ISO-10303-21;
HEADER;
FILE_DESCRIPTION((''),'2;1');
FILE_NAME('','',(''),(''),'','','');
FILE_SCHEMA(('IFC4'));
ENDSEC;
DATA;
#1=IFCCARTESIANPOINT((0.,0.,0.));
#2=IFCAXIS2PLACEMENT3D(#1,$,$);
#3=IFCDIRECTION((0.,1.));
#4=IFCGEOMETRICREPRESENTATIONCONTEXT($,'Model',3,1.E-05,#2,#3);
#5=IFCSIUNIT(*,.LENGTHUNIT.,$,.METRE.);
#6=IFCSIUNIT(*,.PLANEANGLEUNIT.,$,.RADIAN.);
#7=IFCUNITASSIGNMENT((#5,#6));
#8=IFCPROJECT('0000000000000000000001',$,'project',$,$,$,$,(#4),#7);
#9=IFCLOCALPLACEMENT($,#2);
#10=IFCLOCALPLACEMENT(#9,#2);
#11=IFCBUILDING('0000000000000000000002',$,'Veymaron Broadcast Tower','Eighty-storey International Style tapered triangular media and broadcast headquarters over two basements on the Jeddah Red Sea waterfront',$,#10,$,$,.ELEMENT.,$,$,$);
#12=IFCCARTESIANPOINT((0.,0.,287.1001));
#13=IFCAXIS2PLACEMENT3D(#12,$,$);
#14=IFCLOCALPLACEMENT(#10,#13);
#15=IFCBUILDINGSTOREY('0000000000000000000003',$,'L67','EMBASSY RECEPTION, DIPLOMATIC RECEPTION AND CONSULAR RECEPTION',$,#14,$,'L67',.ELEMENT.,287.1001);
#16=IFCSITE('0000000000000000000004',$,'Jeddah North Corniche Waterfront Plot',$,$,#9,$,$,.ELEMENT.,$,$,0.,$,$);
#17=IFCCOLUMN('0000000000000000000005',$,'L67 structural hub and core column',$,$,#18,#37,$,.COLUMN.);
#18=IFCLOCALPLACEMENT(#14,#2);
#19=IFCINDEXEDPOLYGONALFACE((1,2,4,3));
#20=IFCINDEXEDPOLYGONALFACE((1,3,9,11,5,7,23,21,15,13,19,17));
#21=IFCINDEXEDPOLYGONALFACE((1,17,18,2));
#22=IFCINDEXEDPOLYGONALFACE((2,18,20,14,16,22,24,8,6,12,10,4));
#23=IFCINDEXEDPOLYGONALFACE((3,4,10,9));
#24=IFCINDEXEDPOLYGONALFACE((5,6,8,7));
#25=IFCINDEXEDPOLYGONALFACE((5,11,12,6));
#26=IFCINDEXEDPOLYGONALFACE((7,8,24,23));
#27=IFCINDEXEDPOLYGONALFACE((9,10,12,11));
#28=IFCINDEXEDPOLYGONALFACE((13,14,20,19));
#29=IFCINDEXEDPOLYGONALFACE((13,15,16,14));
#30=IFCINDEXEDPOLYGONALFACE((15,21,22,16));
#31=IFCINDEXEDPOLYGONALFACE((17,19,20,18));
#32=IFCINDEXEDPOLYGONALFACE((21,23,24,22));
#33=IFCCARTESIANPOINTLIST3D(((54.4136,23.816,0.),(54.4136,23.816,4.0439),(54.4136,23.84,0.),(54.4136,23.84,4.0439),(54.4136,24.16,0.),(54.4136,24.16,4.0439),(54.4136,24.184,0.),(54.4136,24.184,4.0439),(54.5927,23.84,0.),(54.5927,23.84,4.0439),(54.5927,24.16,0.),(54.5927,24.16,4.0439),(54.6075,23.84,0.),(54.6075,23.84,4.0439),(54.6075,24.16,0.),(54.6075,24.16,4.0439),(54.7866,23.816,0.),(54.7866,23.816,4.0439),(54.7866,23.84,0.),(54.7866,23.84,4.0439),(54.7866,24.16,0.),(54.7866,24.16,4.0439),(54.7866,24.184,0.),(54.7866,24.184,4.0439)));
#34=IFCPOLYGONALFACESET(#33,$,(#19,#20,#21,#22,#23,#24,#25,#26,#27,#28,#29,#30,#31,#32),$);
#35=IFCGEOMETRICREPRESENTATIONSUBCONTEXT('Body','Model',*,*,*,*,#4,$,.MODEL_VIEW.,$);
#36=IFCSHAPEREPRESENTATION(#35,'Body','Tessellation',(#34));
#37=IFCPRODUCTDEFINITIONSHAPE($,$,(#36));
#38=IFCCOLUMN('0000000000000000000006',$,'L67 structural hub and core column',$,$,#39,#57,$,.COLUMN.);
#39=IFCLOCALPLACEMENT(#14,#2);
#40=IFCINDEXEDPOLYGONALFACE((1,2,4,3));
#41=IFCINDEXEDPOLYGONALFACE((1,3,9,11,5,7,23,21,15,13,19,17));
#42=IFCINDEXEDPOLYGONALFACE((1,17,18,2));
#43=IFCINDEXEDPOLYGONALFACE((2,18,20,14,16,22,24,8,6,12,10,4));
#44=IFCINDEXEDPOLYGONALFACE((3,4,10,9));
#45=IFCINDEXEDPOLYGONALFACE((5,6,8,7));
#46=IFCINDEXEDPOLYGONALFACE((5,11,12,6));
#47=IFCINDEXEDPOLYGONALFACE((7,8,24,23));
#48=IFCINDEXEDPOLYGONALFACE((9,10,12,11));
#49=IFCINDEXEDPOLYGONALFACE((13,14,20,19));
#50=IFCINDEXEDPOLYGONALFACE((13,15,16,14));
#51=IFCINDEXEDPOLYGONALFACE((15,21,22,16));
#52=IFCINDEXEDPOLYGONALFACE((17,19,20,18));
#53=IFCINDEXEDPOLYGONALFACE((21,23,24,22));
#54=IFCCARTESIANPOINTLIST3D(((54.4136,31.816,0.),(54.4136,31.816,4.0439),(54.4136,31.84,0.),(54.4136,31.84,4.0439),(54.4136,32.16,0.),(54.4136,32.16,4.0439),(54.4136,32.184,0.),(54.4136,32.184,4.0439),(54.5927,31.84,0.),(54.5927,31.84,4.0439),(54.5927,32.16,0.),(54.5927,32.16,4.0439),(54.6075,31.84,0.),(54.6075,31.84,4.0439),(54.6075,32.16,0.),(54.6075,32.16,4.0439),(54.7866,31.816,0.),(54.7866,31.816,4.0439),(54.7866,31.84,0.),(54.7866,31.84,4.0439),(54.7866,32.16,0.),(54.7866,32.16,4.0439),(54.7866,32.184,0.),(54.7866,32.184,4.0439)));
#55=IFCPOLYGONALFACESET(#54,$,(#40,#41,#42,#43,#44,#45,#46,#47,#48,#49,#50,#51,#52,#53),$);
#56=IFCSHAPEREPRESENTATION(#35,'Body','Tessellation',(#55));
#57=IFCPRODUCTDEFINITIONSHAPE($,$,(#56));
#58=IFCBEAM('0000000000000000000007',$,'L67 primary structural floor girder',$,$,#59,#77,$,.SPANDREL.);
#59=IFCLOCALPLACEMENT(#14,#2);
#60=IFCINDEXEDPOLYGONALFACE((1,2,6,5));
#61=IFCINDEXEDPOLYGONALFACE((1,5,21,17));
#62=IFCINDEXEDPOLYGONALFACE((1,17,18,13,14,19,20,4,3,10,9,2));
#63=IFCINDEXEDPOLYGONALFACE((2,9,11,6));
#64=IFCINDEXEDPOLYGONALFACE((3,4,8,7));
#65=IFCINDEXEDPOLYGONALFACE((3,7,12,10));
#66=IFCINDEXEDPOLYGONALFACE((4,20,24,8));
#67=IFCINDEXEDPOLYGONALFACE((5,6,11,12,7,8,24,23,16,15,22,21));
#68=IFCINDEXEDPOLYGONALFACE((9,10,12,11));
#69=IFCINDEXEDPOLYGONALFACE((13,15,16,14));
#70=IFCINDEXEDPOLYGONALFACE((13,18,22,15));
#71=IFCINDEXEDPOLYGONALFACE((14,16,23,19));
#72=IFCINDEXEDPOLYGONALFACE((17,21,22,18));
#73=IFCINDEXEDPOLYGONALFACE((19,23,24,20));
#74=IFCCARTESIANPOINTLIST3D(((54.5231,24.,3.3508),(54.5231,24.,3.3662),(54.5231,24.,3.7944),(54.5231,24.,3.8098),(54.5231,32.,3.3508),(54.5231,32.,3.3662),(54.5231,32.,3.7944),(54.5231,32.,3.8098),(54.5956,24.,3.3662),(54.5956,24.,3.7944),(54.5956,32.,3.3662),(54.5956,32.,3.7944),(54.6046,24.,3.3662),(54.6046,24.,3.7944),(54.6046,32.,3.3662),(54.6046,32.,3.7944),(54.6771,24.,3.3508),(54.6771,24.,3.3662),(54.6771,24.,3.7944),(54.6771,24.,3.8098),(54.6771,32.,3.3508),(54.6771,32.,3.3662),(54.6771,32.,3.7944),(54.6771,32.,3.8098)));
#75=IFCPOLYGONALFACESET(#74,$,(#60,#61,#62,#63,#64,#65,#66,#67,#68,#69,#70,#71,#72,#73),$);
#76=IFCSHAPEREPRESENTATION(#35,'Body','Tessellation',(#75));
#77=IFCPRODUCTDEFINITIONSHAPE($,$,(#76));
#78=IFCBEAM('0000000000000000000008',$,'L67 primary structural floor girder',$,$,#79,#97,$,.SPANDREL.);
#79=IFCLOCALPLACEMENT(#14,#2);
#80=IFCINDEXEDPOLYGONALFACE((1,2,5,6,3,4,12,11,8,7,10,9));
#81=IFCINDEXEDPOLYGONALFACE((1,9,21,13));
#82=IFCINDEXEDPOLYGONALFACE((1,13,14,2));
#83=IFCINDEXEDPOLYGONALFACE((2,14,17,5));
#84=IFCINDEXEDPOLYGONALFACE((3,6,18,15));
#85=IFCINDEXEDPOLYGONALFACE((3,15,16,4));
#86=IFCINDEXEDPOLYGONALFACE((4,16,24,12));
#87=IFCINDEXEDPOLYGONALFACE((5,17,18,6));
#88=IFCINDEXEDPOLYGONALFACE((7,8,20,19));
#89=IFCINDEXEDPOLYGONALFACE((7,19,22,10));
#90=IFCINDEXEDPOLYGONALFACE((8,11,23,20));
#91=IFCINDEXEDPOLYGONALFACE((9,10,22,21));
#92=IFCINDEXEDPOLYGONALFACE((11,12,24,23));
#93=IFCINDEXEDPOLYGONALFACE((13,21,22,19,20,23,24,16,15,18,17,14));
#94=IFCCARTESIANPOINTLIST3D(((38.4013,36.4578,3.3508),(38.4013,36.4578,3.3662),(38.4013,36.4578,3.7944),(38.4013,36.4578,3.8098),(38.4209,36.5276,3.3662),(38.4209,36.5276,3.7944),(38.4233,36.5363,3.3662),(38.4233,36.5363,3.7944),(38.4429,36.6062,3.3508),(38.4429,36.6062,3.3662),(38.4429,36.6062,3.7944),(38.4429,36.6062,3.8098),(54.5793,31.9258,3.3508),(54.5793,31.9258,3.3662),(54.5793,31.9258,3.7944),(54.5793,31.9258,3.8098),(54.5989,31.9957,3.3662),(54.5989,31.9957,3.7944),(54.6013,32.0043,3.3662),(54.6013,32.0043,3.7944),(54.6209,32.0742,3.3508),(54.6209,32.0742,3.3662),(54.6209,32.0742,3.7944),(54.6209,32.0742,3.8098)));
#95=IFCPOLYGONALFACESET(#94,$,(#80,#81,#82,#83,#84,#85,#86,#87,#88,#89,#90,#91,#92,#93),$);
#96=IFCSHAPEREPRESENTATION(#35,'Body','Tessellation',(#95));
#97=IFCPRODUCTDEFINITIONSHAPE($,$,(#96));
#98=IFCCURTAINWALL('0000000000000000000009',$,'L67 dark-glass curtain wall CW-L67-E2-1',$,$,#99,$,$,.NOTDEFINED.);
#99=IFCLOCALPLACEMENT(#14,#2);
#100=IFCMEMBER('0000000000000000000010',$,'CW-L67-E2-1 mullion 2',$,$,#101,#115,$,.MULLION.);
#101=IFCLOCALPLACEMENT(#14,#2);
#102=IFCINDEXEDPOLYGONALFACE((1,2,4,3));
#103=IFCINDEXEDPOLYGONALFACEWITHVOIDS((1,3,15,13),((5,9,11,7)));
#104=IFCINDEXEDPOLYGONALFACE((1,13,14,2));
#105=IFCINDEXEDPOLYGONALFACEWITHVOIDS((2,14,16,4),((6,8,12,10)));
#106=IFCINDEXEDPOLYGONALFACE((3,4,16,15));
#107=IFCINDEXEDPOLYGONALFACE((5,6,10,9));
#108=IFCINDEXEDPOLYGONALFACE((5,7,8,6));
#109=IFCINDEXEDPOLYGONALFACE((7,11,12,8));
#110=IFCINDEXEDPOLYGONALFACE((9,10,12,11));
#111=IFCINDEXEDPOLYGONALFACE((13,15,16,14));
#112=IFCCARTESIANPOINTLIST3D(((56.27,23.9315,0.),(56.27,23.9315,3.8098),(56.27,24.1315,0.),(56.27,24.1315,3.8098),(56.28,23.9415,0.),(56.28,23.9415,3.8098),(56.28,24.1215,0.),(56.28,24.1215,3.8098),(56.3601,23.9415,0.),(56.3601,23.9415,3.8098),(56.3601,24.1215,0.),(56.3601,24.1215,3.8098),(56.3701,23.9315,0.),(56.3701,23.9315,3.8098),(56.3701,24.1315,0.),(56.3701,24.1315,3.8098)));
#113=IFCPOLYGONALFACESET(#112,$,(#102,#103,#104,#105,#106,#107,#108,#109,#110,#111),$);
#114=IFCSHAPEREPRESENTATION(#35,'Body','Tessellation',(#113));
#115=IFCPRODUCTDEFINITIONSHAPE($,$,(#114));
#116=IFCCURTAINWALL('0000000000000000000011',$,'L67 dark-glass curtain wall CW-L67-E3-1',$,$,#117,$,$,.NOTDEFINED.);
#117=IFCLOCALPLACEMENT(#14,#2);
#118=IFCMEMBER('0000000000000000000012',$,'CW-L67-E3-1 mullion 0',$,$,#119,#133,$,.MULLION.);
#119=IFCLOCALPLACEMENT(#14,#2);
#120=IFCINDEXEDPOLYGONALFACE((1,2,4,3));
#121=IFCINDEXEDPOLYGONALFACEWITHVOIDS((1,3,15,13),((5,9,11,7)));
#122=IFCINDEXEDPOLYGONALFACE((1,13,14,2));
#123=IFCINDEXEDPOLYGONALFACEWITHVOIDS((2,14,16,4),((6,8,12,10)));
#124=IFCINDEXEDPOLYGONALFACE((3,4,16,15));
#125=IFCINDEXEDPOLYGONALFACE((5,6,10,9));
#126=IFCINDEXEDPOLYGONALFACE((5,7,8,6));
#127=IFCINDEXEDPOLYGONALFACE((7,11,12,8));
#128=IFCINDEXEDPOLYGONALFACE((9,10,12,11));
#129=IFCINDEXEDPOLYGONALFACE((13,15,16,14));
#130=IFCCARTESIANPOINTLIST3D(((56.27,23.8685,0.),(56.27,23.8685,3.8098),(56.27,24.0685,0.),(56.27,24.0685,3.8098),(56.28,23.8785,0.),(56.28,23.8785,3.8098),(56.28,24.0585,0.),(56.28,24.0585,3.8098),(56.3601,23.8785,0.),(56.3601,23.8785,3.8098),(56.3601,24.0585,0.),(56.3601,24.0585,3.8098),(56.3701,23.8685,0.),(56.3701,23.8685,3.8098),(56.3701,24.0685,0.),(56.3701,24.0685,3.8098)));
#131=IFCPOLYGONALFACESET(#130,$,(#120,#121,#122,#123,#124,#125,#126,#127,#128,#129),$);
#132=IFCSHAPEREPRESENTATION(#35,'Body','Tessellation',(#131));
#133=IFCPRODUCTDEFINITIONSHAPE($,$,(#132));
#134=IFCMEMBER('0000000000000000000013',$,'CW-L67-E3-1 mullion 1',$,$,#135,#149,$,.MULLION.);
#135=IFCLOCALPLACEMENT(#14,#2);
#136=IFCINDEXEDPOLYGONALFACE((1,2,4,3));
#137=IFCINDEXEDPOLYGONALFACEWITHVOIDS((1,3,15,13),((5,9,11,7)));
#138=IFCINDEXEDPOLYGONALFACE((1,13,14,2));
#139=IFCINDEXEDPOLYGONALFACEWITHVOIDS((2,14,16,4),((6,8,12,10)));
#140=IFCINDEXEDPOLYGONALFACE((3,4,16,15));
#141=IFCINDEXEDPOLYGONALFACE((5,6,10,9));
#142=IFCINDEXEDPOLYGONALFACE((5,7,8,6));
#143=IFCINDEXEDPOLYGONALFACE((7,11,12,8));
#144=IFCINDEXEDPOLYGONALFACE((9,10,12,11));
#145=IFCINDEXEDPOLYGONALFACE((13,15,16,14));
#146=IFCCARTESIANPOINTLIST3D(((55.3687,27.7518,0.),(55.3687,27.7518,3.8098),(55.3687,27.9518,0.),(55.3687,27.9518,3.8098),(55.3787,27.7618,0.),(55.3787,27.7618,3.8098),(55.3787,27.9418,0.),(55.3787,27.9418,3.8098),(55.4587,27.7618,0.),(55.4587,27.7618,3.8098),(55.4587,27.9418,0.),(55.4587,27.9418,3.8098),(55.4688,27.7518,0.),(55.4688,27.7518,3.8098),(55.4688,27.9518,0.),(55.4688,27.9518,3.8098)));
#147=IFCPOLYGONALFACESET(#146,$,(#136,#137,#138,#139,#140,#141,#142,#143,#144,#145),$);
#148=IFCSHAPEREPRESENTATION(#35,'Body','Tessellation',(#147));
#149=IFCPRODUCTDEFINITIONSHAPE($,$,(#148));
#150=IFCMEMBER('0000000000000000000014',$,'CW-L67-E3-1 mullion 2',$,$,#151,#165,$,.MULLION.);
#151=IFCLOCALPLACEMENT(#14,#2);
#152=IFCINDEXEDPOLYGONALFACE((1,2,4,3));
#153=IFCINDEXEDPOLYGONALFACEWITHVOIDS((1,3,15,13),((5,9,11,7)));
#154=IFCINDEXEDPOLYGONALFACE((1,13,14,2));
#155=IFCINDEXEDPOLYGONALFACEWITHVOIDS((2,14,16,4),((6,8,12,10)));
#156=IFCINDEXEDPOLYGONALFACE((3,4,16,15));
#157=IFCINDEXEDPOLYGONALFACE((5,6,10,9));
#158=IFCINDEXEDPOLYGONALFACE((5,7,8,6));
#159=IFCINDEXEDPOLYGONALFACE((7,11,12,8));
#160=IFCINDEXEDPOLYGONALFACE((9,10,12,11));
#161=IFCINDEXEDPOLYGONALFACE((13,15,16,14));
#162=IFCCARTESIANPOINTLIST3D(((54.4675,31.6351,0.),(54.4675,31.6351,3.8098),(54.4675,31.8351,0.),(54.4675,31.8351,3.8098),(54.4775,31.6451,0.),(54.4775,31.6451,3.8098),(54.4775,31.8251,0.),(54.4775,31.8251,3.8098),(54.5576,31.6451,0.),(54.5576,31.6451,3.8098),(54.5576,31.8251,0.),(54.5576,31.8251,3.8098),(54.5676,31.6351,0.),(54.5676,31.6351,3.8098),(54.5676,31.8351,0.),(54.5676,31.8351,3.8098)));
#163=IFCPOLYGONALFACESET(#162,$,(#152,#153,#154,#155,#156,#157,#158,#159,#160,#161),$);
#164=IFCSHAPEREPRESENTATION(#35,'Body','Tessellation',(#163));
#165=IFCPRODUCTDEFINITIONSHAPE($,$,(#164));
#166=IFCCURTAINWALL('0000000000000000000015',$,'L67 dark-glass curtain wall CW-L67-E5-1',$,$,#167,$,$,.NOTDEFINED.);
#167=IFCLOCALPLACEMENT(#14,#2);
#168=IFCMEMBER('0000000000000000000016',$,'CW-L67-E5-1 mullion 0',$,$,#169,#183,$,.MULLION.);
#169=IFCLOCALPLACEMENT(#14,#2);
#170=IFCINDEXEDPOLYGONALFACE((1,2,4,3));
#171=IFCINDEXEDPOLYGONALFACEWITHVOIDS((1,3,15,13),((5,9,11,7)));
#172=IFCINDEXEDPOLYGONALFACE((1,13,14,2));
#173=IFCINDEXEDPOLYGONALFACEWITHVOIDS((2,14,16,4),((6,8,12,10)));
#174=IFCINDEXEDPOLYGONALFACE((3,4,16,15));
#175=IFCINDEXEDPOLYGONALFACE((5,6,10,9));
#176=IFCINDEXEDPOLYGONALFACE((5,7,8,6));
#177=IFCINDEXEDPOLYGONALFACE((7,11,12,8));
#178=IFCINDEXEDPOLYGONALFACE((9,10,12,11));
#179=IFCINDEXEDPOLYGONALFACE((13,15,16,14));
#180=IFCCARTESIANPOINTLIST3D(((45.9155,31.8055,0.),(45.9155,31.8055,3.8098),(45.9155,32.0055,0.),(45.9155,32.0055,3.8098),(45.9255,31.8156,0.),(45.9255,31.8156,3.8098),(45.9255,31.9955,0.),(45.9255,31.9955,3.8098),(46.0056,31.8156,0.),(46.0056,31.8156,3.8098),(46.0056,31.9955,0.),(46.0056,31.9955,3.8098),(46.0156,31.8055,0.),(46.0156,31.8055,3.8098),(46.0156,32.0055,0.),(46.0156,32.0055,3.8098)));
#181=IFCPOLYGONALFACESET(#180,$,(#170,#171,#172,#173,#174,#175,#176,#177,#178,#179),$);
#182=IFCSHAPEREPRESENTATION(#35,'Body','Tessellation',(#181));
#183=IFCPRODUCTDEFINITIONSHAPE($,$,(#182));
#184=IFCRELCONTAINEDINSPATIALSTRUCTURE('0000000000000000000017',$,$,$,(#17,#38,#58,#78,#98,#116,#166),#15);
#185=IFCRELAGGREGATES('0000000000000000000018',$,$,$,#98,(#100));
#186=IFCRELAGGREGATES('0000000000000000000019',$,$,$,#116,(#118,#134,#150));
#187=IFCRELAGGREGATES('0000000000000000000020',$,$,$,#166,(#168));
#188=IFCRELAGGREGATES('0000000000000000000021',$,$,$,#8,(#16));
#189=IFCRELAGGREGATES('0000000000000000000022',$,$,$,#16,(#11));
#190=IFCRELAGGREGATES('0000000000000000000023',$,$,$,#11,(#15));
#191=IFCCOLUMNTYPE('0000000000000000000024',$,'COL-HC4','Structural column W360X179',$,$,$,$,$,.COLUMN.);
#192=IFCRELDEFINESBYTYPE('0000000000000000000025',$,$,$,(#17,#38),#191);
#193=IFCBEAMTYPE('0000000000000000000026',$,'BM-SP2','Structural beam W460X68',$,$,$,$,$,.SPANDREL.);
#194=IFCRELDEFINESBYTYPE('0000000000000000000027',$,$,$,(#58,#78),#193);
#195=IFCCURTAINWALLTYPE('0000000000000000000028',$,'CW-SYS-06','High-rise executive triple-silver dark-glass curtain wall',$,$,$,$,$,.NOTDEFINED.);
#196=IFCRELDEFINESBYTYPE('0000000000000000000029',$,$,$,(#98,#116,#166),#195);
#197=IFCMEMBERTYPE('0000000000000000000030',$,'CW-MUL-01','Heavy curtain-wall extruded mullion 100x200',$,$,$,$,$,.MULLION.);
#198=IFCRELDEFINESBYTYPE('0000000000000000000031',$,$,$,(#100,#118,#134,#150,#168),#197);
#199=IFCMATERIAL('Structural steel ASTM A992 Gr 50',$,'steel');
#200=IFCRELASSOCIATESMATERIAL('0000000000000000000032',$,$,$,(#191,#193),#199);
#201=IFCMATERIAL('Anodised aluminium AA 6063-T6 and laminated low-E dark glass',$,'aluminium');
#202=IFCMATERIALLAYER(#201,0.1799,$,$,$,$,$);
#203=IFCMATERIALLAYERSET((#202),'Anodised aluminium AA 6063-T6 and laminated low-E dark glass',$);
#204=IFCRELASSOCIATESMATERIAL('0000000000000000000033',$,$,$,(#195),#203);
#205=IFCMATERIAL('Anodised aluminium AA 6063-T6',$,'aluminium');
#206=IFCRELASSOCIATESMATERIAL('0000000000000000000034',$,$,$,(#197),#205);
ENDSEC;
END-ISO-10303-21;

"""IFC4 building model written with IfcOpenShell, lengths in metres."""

from ifc_helpers import new_model, si_unit, direction, frame, origin, origin_2d, place, context, subcontext, project, spatial, hollow_rectangle, i_section, extrude, material, layer, layer_set, material_profile, profile_set, type_object, element, aggregate, save


model = new_model("IFC4")

# Units and contexts
model_context = context("Model", 3, precision=1e-05, world=origin(), true_north=direction((0.0, 1.0)))
body_context = subcontext(model_context, "Body", "Model", "MODEL_VIEW")
ifc_project = project(units=[si_unit("LENGTHUNIT", "METRE"), si_unit("PLANEANGLEUNIT", "RADIAN")], contexts=[model_context])

# Site, building, storey
site_placement = place(None, origin())
site = spatial("IfcSite", under=ifc_project, at=site_placement, Name="Jeddah North Corniche Waterfront Plot", CompositionType="ELEMENT", RefElevation=0.0)
building_placement = place(site_placement, origin())
building = spatial("IfcBuilding", under=site, at=building_placement, Name="Veymaron Broadcast Tower", Description="Eighty-storey International Style tapered triangular media and broadcast headquarters over two basements on the Jeddah Red Sea waterfront", CompositionType="ELEMENT")
storey_placement = place(building_placement, frame((0.0, 0.0, 287.1001)))
storey = spatial("IfcBuildingStorey", under=building, at=storey_placement, Name="L67", Description="EMBASSY RECEPTION, DIPLOMATIC RECEPTION AND CONSULAR RECEPTION", LongName="L67", CompositionType="ELEMENT", Elevation=287.1001)

# Columns
ifc_material_1 = material(Name="Structural steel ASTM A992 Gr 50", Category="steel")
ifc_material_profile_1 = material_profile(ifc_material_1, i_section(OverallWidth=0.373, OverallDepth=0.3679, WebThickness=0.0149, FlangeThickness=0.0239, at=origin_2d()), Name="W360X179")
ifc_profile_set_1 = profile_set([ifc_material_profile_1], Name="Structural steel ASTM A992 Gr 50")
column_type = type_object("IfcColumnType", Name="COL-HC4", Description="Structural column W360X179", PredefinedType="COLUMN", material=ifc_profile_set_1)
for number, where, z_axis, x_axis, name in (
    (1, (54.6001, 24.0, 0.0), (0.0, 0.0, 1.0), (1.0, 0.0, 0.0), "L67 structural hub and core column"),
    (2, (54.6001, 32.0, 0.0), (0.0, 0.0, 1.0), (1.0, 0.0, 0.0), "L67 structural hub and core column"),
):
    element("IfcColumn", number, at=place(storey_placement, frame(where, z_axis=z_axis, x_axis=x_axis)), inside=storey, type_object=column_type, Name=name, PredefinedType="COLUMN", context=body_context, shape_type="SweptSolid", body=[
        extrude(i_section(OverallWidth=0.373, OverallDepth=0.3679, WebThickness=0.0149, FlangeThickness=0.0239, at=origin_2d()), origin(), (0.0, 0.0, 1.0), 4.0439),
    ])

# Beams
ifc_material_profile_2 = material_profile(ifc_material_1, i_section(OverallWidth=0.1541, OverallDepth=0.459, WebThickness=0.009, FlangeThickness=0.0154, at=origin_2d()), Name="W460X68")
ifc_profile_set_2 = profile_set([ifc_material_profile_2], Name="Structural steel ASTM A992 Gr 50")
beam_type = type_object("IfcBeamType", Name="BM-SP2", Description="Structural beam W460X68", PredefinedType="SPANDREL", material=ifc_profile_set_2)
beam_1_placement = place(storey_placement, frame((54.6001, 24.0, 3.5803), z_axis=(0.0, 1.0, 0.0), x_axis=(-1.0, 0.0, 0.0)))
element("IfcBeam", 3, at=beam_1_placement, inside=storey, type_object=beam_type, Name="L67 primary structural floor girder", PredefinedType="SPANDREL", context=body_context, shape_type="SweptSolid", body=[
    extrude(i_section(OverallWidth=0.1541, OverallDepth=0.459, WebThickness=0.009, FlangeThickness=0.0154, at=origin_2d()), origin(), (0.0, 0.0, 1.0), 8.0),
])
beam_2_placement = place(storey_placement, frame((54.6001, 32.0, 3.5803), z_axis=(-0.962931, 0.269749, 0.0), x_axis=(-0.269749, -0.962931, 0.0)))
element("IfcBeam", 4, at=beam_2_placement, inside=storey, type_object=beam_type, Name="L67 primary structural floor girder", PredefinedType="SPANDREL", context=body_context, shape_type="SweptSolid", body=[
    extrude(i_section(OverallWidth=0.1541, OverallDepth=0.459, WebThickness=0.009, FlangeThickness=0.0154, at=origin_2d()), origin(), (0.0, 0.0, 1.0), 16.8008),
])

# Curtain wall, member
ifc_material_2 = material(Name="Anodised aluminium AA 6063-T6 and laminated low-E dark glass", Category="aluminium")
ifc_layer_1 = layer(ifc_material_2, 0.1799)
ifc_layer_set_1 = layer_set([ifc_layer_1], Name="Anodised aluminium AA 6063-T6 and laminated low-E dark glass")
curtain_wall_type = type_object("IfcCurtainWallType", Name="CW-SYS-06", Description="High-rise executive triple-silver dark-glass curtain wall", PredefinedType="NOTDEFINED", material=ifc_layer_set_1)
curtain_wall_1_placement = place(storey_placement, origin())
curtain_wall_1 = element("IfcCurtainWall", 5, at=curtain_wall_1_placement, inside=storey, type_object=curtain_wall_type, Name="L67 dark-glass curtain wall CW-L67-E2-1", PredefinedType="NOTDEFINED")
ifc_material_3 = material(Name="Anodised aluminium AA 6063-T6", Category="aluminium")
ifc_material_profile_3 = material_profile(ifc_material_3, hollow_rectangle(XDim=0.1001, YDim=0.2, WallThickness=0.01, at=origin_2d()), Name="RHS200X100X10")
ifc_profile_set_3 = profile_set([ifc_material_profile_3], Name="Anodised aluminium AA 6063-T6")
member_type_1 = type_object("IfcMemberType", Name="CW-MUL-01", Description="Heavy curtain-wall extruded mullion 100x200", PredefinedType="MULLION", material=ifc_profile_set_3)
member_1_placement = place(storey_placement, frame((56.3201, 24.0315, 0.0), z_axis=(0.0, 0.0, 1.0), x_axis=(1.0, 0.0, 0.0)))
member_1 = element("IfcMember", 6, at=member_1_placement, type_object=member_type_1, Name="CW-L67-E2-1 mullion 2", PredefinedType="MULLION", context=body_context, shape_type="SweptSolid", body=[
    extrude(hollow_rectangle(XDim=0.1001, YDim=0.2, WallThickness=0.01, at=origin_2d()), origin(), (0.0, 0.0, 1.0), 3.8098),
])
aggregate(curtain_wall_1, [member_1])

# Curtain wall, members
curtain_wall_2_placement = place(storey_placement, origin())
curtain_wall_2 = element("IfcCurtainWall", 7, at=curtain_wall_2_placement, inside=storey, type_object=curtain_wall_type, Name="L67 dark-glass curtain wall CW-L67-E3-1", PredefinedType="NOTDEFINED")
member_2_placement = place(storey_placement, frame((56.3201, 23.9685, 0.0), z_axis=(0.0, 0.0, 1.0), x_axis=(1.0, 0.0, 0.0)))
member_2 = element("IfcMember", 8, at=member_2_placement, type_object=member_type_1, Name="CW-L67-E3-1 mullion 0", PredefinedType="MULLION", context=body_context, shape_type="SweptSolid", body=[
    extrude(hollow_rectangle(XDim=0.1001, YDim=0.2, WallThickness=0.01, at=origin_2d()), origin(), (0.0, 0.0, 1.0), 3.8098),
])
member_3_placement = place(storey_placement, frame((55.4187, 27.8518, 0.0), z_axis=(0.0, 0.0, 1.0), x_axis=(1.0, 0.0, 0.0)))
member_3 = element("IfcMember", 9, at=member_3_placement, type_object=member_type_1, Name="CW-L67-E3-1 mullion 1", PredefinedType="MULLION", context=body_context, shape_type="SweptSolid", body=[
    extrude(hollow_rectangle(XDim=0.1001, YDim=0.2, WallThickness=0.01, at=origin_2d()), origin(), (0.0, 0.0, 1.0), 3.8098),
])
member_4_placement = place(storey_placement, frame((54.5176, 31.7351, 0.0), z_axis=(0.0, 0.0, 1.0), x_axis=(1.0, 0.0, 0.0)))
member_4 = element("IfcMember", 10, at=member_4_placement, type_object=member_type_1, Name="CW-L67-E3-1 mullion 2", PredefinedType="MULLION", context=body_context, shape_type="SweptSolid", body=[
    extrude(hollow_rectangle(XDim=0.1001, YDim=0.2, WallThickness=0.01, at=origin_2d()), origin(), (0.0, 0.0, 1.0), 3.8098),
])

# Curtain wall, member
curtain_wall_3_placement = place(storey_placement, origin())
curtain_wall_3 = element("IfcCurtainWall", 11, at=curtain_wall_3_placement, inside=storey, type_object=curtain_wall_type, Name="L67 dark-glass curtain wall CW-L67-E5-1", PredefinedType="NOTDEFINED")
member_5_placement = place(storey_placement, frame((45.9656, 31.9055, 0.0), z_axis=(0.0, 0.0, 1.0), x_axis=(1.0, 0.0, 0.0)))
member_5 = element("IfcMember", 12, at=member_5_placement, type_object=member_type_1, Name="CW-L67-E5-1 mullion 0", PredefinedType="MULLION", context=body_context, shape_type="SweptSolid", body=[
    extrude(hollow_rectangle(XDim=0.1001, YDim=0.2, WallThickness=0.01, at=origin_2d()), origin(), (0.0, 0.0, 1.0), 3.8098),
])

aggregate(curtain_wall_2, [member_2, member_3, member_4])
aggregate(curtain_wall_3, [member_5])

save(model, "model.ifc")
